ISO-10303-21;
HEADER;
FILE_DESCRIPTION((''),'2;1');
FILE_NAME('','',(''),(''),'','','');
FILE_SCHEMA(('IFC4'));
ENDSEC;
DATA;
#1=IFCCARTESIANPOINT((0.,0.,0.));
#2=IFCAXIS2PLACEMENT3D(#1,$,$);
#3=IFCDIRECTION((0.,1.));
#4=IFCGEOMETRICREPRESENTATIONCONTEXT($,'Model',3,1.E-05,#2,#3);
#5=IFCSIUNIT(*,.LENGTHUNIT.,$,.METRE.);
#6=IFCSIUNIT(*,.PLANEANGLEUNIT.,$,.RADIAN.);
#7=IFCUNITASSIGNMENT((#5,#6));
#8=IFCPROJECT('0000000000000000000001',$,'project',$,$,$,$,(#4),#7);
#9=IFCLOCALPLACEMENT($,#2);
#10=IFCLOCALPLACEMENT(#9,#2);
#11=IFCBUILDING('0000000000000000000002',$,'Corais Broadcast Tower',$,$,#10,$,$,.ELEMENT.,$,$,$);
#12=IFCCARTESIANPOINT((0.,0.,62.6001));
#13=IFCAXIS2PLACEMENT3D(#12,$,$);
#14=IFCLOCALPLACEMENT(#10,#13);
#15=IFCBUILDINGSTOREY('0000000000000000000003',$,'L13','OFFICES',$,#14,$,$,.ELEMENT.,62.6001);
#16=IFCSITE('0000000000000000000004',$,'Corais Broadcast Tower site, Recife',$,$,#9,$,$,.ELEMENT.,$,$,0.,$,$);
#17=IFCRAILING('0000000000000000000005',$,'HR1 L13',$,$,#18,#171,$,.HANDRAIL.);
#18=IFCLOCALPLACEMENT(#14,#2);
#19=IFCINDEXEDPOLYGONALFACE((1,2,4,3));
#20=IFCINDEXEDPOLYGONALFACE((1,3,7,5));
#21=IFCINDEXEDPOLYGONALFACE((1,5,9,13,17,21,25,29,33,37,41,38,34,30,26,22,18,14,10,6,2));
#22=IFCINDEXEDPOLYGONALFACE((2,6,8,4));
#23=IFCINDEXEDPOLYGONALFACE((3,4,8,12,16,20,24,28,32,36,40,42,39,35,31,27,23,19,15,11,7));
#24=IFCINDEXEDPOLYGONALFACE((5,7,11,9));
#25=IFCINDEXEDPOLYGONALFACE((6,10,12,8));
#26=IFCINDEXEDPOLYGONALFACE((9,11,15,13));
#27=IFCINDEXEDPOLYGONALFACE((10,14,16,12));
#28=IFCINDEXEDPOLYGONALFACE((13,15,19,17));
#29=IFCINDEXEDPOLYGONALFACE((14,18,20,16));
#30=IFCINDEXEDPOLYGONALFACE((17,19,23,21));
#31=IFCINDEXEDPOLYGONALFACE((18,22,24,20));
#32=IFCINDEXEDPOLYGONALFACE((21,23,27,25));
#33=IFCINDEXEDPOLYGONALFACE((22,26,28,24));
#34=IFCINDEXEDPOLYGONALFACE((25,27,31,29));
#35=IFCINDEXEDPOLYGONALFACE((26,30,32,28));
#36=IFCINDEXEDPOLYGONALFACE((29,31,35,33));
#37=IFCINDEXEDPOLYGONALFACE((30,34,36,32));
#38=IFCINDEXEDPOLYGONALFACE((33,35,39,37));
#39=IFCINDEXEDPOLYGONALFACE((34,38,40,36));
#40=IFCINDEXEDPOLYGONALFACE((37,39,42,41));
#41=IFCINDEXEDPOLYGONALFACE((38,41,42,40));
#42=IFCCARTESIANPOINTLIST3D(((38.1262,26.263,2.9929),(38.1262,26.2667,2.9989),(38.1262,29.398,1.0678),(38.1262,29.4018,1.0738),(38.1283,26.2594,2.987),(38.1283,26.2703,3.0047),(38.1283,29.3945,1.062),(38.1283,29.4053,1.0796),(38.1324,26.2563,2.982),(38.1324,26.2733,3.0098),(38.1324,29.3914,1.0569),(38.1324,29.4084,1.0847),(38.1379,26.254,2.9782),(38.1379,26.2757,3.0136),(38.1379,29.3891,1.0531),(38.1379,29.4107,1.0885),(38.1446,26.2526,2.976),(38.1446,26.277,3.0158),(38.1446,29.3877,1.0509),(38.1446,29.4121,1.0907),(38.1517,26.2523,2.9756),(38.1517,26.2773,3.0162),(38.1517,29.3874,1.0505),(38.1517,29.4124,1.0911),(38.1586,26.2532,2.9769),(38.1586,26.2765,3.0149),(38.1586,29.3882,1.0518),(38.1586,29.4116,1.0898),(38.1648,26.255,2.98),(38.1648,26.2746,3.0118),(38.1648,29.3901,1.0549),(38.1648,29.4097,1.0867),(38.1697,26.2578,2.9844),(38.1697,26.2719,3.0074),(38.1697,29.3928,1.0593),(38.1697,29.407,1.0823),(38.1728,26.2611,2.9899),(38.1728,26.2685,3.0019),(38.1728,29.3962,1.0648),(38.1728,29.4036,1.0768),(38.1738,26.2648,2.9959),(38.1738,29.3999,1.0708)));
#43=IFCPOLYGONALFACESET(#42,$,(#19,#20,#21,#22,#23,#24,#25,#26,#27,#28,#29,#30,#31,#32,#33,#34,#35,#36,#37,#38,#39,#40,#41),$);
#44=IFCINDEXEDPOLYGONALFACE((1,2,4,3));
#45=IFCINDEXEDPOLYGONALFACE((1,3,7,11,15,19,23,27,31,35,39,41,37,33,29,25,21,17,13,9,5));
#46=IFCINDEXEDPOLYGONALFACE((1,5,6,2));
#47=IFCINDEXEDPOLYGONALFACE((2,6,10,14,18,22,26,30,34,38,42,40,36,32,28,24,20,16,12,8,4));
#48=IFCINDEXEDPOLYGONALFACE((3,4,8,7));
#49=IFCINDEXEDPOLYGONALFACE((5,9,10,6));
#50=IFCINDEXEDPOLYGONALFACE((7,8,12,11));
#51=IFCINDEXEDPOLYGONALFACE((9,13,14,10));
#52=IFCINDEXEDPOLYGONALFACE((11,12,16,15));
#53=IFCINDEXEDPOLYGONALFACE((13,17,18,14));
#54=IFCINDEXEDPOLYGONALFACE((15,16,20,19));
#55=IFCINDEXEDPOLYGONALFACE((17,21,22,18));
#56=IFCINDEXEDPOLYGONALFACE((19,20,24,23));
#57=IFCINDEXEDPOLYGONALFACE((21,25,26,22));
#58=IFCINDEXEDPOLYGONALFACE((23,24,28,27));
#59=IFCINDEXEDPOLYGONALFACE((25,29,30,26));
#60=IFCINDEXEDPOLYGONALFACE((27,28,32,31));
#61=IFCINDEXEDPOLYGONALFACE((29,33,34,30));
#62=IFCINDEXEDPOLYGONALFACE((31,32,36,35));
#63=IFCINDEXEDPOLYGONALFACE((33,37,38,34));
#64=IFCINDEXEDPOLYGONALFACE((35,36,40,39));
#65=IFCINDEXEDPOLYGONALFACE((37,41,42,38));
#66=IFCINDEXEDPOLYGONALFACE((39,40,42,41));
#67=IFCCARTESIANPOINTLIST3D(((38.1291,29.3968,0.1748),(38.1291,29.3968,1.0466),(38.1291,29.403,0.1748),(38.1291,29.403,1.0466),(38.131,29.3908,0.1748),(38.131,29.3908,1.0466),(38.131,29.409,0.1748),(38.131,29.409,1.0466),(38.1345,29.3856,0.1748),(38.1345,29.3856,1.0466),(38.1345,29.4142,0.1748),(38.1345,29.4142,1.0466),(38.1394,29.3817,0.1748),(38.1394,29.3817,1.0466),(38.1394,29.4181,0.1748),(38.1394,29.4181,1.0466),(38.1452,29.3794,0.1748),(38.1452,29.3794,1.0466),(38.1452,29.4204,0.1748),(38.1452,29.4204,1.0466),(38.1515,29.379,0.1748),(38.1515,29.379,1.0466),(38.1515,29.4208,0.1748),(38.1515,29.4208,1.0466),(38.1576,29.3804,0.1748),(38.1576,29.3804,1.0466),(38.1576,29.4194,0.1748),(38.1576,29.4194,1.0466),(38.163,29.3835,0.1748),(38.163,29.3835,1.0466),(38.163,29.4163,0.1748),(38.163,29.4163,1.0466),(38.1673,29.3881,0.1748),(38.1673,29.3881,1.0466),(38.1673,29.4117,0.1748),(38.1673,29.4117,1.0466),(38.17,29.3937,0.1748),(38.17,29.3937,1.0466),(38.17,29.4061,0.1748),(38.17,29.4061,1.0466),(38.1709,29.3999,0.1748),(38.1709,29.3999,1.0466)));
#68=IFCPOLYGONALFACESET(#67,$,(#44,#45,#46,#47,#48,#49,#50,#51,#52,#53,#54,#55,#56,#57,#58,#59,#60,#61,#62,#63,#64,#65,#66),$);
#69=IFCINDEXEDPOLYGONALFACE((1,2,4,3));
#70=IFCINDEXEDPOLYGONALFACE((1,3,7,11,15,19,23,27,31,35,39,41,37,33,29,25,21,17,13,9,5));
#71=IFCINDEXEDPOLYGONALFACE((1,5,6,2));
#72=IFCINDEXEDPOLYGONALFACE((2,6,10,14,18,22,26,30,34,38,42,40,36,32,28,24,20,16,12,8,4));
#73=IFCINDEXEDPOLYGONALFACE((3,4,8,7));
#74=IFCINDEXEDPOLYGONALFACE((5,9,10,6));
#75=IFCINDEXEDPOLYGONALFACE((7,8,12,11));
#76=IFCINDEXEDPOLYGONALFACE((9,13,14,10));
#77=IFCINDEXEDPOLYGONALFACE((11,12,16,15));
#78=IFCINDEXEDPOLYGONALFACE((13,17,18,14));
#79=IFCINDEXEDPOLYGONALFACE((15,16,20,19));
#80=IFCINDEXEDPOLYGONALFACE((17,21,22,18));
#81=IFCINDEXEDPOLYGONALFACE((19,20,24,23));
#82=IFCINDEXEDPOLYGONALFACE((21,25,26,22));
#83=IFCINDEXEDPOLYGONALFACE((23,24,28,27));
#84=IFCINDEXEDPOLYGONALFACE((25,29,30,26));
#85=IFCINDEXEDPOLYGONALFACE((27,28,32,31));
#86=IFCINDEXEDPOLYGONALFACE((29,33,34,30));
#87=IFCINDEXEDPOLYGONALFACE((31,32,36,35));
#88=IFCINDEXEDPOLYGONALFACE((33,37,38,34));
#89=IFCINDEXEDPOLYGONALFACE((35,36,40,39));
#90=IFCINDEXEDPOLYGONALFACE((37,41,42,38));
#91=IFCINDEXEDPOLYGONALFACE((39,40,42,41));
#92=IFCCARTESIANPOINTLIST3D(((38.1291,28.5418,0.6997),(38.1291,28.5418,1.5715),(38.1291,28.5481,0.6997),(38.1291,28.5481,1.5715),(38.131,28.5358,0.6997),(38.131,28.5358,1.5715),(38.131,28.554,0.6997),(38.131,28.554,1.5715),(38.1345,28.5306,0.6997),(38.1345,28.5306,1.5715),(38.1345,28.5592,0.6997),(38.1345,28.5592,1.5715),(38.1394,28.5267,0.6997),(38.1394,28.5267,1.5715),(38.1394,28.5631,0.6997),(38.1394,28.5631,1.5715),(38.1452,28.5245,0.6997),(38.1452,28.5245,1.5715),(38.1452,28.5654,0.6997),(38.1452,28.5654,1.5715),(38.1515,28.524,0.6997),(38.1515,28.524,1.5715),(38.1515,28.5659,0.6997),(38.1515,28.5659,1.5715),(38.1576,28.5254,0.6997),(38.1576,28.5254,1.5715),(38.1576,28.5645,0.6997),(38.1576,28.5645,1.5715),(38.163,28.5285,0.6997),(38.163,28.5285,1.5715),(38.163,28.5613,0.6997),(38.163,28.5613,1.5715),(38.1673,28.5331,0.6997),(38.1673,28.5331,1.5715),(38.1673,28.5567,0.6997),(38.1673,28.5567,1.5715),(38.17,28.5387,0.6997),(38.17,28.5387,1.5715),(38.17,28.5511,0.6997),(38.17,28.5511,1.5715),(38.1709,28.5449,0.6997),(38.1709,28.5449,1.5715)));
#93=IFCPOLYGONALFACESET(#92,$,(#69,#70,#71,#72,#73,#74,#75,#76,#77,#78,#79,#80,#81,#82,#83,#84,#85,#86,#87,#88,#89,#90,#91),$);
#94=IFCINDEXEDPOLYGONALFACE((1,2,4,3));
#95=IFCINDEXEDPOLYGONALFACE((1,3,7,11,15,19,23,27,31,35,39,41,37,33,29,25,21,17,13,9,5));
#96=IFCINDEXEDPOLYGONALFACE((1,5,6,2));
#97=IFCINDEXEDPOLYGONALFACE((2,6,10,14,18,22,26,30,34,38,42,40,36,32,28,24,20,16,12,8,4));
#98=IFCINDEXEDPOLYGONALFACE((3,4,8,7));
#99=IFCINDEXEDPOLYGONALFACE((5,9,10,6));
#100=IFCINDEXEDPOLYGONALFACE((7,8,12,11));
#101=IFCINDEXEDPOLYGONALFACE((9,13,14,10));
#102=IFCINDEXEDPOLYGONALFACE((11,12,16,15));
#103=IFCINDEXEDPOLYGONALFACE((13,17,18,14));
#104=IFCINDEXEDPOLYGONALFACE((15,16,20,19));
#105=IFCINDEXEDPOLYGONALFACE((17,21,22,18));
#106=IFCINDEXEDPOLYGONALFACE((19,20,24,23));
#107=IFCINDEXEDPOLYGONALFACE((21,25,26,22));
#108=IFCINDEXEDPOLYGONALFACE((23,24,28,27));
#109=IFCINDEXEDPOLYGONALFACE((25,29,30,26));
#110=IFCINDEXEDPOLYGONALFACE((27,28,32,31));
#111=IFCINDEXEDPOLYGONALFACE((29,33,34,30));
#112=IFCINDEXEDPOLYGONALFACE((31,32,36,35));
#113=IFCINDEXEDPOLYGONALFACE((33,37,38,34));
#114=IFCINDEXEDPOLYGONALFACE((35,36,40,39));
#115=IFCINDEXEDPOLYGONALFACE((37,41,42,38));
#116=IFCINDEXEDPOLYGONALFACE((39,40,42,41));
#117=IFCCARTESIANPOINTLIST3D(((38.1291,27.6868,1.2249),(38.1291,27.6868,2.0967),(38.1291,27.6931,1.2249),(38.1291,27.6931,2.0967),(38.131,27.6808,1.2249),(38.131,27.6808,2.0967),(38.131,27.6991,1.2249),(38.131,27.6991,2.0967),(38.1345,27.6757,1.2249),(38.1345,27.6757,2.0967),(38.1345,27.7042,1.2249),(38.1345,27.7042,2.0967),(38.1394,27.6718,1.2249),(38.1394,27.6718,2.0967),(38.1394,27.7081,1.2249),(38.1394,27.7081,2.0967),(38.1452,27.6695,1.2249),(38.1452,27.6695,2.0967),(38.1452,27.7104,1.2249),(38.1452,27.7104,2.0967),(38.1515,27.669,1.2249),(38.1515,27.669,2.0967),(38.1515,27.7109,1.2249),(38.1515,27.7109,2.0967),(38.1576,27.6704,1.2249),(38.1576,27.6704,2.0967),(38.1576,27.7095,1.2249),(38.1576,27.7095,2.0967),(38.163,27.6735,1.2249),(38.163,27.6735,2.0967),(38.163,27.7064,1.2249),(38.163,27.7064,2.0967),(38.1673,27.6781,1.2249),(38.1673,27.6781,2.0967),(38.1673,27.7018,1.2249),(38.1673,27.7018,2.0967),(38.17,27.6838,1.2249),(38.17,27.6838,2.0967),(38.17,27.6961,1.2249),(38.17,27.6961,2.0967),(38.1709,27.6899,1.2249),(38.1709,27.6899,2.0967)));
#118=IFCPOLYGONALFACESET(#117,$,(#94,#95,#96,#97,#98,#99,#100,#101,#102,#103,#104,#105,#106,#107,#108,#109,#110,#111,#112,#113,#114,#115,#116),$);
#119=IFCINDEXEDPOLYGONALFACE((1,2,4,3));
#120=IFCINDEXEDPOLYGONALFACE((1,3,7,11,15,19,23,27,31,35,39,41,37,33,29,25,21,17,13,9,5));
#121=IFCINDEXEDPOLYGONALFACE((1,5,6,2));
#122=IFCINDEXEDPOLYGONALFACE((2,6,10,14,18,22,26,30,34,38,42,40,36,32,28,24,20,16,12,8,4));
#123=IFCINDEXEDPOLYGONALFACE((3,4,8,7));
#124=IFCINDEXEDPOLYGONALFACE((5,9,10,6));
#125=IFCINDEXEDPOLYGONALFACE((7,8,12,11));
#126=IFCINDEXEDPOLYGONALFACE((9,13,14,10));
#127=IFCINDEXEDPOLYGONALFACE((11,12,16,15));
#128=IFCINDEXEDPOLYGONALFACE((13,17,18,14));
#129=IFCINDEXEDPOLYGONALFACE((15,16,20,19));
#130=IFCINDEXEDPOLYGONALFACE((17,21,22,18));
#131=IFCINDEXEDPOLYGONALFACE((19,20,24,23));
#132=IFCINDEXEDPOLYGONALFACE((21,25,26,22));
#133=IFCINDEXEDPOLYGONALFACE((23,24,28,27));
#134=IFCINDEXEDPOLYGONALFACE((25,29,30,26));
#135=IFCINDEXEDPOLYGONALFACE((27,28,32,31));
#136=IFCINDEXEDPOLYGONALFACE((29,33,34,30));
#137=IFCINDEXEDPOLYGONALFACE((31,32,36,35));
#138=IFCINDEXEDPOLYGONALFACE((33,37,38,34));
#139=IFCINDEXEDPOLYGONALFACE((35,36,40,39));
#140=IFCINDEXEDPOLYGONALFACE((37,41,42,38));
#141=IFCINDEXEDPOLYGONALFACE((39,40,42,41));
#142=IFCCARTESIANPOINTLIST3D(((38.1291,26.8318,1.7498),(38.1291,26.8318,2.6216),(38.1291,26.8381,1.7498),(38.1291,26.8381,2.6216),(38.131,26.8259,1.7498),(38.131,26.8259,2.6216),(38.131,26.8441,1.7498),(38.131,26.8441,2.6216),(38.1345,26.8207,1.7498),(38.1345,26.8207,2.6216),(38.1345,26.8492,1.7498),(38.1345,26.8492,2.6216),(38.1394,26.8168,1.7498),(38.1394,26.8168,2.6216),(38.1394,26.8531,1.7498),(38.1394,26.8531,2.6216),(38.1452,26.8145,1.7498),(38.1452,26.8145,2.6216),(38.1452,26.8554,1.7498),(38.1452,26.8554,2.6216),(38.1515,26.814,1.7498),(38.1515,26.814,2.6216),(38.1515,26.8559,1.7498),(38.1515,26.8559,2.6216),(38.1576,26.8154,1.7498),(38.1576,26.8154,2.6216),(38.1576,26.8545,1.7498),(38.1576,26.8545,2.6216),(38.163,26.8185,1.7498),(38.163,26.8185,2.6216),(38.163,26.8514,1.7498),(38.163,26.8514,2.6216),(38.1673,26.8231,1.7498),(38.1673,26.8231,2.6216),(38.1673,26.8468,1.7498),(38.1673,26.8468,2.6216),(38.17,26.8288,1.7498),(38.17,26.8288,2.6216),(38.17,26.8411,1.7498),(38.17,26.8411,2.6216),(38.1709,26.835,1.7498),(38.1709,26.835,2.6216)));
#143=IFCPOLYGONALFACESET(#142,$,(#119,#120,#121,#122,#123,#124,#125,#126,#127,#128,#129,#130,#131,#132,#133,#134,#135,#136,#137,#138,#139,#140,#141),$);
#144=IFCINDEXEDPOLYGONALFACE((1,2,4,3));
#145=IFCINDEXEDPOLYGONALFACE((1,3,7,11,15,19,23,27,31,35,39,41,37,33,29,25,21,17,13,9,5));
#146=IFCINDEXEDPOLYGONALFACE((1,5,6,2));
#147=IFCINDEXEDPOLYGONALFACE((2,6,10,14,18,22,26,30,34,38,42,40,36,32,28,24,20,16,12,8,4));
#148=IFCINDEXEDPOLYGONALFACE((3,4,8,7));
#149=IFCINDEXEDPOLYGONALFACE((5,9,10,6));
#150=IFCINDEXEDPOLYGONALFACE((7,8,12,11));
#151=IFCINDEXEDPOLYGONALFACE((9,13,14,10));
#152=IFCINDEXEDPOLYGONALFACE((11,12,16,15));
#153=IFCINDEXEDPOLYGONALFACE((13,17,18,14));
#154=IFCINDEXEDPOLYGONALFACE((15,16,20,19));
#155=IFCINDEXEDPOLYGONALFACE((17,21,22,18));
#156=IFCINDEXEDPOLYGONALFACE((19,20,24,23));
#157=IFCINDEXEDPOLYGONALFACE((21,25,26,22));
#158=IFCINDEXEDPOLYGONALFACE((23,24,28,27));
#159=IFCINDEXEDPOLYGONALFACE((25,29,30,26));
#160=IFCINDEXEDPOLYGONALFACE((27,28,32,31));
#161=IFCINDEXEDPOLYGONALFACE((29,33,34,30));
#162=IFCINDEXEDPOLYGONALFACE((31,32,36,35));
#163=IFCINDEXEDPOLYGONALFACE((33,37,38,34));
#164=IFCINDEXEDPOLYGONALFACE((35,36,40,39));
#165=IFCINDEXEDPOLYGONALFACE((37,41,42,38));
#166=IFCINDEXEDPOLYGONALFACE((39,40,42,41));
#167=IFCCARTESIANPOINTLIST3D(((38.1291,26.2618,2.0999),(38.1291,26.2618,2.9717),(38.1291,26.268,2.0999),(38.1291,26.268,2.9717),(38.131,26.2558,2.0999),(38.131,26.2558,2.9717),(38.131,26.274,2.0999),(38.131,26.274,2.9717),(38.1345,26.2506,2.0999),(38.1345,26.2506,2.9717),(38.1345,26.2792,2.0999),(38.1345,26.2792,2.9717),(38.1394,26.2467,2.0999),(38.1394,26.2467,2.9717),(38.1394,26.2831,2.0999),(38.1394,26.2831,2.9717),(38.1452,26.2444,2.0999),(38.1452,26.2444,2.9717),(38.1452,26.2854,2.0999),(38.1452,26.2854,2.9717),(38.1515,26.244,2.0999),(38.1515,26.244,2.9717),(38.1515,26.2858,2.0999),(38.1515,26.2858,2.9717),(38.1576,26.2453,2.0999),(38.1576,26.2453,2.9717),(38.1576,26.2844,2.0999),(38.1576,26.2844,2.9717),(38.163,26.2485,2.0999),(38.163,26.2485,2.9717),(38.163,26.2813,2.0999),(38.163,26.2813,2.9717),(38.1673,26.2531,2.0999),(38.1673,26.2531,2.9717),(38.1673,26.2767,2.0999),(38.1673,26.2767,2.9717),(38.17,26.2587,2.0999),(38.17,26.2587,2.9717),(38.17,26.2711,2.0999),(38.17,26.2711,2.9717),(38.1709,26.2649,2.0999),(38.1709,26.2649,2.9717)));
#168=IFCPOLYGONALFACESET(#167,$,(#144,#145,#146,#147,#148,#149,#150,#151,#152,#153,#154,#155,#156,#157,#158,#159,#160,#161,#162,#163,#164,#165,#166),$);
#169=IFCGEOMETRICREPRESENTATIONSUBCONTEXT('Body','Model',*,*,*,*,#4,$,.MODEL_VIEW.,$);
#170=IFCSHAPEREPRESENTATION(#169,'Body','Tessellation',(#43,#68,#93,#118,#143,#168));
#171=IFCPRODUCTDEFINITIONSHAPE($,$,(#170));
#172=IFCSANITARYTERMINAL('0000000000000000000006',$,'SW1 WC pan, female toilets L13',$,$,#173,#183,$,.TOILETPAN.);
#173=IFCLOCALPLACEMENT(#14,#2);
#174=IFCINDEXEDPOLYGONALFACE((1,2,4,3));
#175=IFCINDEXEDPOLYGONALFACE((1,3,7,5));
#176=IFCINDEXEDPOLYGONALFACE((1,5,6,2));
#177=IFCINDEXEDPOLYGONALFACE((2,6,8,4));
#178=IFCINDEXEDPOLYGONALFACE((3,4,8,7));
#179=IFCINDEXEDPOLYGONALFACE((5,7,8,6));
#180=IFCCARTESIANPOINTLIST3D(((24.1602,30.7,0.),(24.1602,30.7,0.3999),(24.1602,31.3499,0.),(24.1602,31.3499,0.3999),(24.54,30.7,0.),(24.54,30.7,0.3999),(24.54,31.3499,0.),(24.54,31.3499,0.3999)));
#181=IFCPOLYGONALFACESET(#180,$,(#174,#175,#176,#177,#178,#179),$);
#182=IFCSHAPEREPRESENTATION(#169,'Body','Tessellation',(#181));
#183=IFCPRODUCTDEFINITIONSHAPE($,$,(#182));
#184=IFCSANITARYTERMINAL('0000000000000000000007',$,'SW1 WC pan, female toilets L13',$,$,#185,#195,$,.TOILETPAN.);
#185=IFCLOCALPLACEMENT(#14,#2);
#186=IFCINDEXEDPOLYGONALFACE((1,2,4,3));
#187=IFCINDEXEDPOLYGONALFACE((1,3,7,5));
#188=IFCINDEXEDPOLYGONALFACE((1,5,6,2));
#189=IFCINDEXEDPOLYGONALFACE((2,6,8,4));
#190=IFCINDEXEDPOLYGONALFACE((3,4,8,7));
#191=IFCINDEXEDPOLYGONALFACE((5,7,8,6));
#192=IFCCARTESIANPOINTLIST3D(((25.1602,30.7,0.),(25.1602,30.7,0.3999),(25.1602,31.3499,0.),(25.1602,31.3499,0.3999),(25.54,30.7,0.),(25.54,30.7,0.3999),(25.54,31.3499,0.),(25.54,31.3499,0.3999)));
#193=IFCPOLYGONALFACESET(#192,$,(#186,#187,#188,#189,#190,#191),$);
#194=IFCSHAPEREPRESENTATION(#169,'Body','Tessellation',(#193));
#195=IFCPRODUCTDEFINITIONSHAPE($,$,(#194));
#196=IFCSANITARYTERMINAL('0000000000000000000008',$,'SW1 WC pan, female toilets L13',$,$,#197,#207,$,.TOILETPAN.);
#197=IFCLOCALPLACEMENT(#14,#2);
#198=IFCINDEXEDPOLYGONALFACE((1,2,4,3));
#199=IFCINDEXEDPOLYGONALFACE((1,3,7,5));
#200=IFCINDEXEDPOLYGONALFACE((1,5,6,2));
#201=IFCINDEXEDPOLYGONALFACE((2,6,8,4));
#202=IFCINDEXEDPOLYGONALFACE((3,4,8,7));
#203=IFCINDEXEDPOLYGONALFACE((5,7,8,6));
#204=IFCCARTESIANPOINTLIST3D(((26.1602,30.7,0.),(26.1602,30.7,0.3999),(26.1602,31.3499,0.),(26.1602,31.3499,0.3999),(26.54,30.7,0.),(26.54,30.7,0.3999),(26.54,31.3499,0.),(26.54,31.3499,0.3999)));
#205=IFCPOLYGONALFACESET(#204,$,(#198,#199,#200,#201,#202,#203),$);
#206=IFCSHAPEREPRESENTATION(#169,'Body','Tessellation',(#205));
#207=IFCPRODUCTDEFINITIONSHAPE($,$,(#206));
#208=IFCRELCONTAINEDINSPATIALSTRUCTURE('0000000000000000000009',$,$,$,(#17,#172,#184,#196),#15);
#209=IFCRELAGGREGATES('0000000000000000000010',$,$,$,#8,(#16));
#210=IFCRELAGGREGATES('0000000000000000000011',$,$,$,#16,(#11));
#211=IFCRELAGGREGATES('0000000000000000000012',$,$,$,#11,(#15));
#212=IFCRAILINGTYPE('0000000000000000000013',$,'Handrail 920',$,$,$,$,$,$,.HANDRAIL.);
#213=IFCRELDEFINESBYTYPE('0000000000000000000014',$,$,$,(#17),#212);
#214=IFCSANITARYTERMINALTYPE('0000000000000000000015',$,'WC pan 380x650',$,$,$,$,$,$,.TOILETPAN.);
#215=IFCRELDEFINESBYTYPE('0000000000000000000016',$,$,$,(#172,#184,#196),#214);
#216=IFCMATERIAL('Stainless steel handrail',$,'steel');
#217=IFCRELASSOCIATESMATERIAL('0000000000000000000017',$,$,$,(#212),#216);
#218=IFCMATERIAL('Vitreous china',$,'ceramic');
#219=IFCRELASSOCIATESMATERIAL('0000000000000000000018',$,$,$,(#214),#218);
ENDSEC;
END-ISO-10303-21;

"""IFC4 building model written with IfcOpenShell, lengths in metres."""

from ifc_helpers import new_model, si_unit, direction, frame, origin, origin_2d, place, context, subcontext, project, spatial, rectangle, circle, extrude, material, type_object, element, save


model = new_model("IFC4")

# Units and contexts
model_context = context("Model", 3, precision=1e-05, world=origin(), true_north=direction((0.0, 1.0)))
body_context = subcontext(model_context, "Body", "Model", "MODEL_VIEW")
ifc_project = project(units=[si_unit("LENGTHUNIT", "METRE"), si_unit("PLANEANGLEUNIT", "RADIAN")], contexts=[model_context])

# Site, building, storey
site_placement = place(None, origin())
site = spatial("IfcSite", under=ifc_project, at=site_placement, Name="Corais Broadcast Tower site, Recife", CompositionType="ELEMENT", RefElevation=0.0)
building_placement = place(site_placement, origin())
building = spatial("IfcBuilding", under=site, at=building_placement, Name="Corais Broadcast Tower", CompositionType="ELEMENT")
storey_placement = place(building_placement, frame((0.0, 0.0, 62.6001)))
storey = spatial("IfcBuildingStorey", under=building, at=storey_placement, Name="L13", Description="OFFICES", CompositionType="ELEMENT", Elevation=62.6001)

# Railing
ifc_material_1 = material(Name="Stainless steel handrail", Category="steel")
railing_type = type_object("IfcRailingType", Name="Handrail 920", PredefinedType="HANDRAIL", material=ifc_material_1)
for number, where, name in (
    (1, (38.1499, 29.3999, 0.1748), "HR1 L13"),
):
    element("IfcRailing", number, at=place(storey_placement, frame(where)), inside=storey, type_object=railing_type, Name=name, PredefinedType="HANDRAIL", context=body_context, shape_type="SweptSolid", body=[
        extrude(circle(Radius=0.0239, at=origin_2d()), frame((0.0, 0.0, 0.896), z_axis=(0.0, -0.852166, 0.523271), x_axis=(1.0, 0.0, 0.0)), (0.0, 0.0, 1.0), 3.679),
        extrude(circle(Radius=0.021, at=origin_2d()), origin(), (0.0, 0.0, 1.0), 0.8718),
        extrude(circle(Radius=0.021, at=origin_2d()), frame((0.0, -0.855, 0.5249)), (0.0, 0.0, 1.0), 0.8718),
        extrude(circle(Radius=0.021, at=origin_2d()), frame((0.0, -1.71, 1.05)), (0.0, 0.0, 1.0), 0.8718),
        extrude(circle(Radius=0.021, at=origin_2d()), frame((0.0, -2.5649, 1.575)), (0.0, 0.0, 1.0), 0.8718),
        extrude(circle(Radius=0.021, at=origin_2d()), frame((0.0, -3.135, 1.925)), (0.0, 0.0, 1.0), 0.8718),
    ])

# Sanitary terminals
ifc_material_2 = material(Name="Vitreous china", Category="ceramic")
sanitary_terminal_type = type_object("IfcSanitaryTerminalType", Name="WC pan 380x650", PredefinedType="TOILETPAN", material=ifc_material_2)
for number, where, z_axis, x_axis, name in (
    (2, (24.3501, 31.0249, 0.0), (0.0, 0.0, 1.0), (1.0, 0.0, 0.0), "SW1 WC pan, female toilets L13"),
    (3, (25.3501, 31.0249, 0.0), (0.0, 0.0, 1.0), (1.0, 0.0, 0.0), "SW1 WC pan, female toilets L13"),
    (4, (26.3501, 31.0249, 0.0), (0.0, 0.0, 1.0), (1.0, 0.0, 0.0), "SW1 WC pan, female toilets L13"),
):
    element("IfcSanitaryTerminal", number, at=place(storey_placement, frame(where, z_axis=z_axis, x_axis=x_axis)), inside=storey, type_object=sanitary_terminal_type, Name=name, PredefinedType="TOILETPAN", context=body_context, shape_type="SweptSolid", body=[
        extrude(rectangle(XDim=0.3799, YDim=0.6499, at=origin_2d()), origin(), (0.0, 0.0, 1.0), 0.3999),
    ])

save(model, "model.ifc")
